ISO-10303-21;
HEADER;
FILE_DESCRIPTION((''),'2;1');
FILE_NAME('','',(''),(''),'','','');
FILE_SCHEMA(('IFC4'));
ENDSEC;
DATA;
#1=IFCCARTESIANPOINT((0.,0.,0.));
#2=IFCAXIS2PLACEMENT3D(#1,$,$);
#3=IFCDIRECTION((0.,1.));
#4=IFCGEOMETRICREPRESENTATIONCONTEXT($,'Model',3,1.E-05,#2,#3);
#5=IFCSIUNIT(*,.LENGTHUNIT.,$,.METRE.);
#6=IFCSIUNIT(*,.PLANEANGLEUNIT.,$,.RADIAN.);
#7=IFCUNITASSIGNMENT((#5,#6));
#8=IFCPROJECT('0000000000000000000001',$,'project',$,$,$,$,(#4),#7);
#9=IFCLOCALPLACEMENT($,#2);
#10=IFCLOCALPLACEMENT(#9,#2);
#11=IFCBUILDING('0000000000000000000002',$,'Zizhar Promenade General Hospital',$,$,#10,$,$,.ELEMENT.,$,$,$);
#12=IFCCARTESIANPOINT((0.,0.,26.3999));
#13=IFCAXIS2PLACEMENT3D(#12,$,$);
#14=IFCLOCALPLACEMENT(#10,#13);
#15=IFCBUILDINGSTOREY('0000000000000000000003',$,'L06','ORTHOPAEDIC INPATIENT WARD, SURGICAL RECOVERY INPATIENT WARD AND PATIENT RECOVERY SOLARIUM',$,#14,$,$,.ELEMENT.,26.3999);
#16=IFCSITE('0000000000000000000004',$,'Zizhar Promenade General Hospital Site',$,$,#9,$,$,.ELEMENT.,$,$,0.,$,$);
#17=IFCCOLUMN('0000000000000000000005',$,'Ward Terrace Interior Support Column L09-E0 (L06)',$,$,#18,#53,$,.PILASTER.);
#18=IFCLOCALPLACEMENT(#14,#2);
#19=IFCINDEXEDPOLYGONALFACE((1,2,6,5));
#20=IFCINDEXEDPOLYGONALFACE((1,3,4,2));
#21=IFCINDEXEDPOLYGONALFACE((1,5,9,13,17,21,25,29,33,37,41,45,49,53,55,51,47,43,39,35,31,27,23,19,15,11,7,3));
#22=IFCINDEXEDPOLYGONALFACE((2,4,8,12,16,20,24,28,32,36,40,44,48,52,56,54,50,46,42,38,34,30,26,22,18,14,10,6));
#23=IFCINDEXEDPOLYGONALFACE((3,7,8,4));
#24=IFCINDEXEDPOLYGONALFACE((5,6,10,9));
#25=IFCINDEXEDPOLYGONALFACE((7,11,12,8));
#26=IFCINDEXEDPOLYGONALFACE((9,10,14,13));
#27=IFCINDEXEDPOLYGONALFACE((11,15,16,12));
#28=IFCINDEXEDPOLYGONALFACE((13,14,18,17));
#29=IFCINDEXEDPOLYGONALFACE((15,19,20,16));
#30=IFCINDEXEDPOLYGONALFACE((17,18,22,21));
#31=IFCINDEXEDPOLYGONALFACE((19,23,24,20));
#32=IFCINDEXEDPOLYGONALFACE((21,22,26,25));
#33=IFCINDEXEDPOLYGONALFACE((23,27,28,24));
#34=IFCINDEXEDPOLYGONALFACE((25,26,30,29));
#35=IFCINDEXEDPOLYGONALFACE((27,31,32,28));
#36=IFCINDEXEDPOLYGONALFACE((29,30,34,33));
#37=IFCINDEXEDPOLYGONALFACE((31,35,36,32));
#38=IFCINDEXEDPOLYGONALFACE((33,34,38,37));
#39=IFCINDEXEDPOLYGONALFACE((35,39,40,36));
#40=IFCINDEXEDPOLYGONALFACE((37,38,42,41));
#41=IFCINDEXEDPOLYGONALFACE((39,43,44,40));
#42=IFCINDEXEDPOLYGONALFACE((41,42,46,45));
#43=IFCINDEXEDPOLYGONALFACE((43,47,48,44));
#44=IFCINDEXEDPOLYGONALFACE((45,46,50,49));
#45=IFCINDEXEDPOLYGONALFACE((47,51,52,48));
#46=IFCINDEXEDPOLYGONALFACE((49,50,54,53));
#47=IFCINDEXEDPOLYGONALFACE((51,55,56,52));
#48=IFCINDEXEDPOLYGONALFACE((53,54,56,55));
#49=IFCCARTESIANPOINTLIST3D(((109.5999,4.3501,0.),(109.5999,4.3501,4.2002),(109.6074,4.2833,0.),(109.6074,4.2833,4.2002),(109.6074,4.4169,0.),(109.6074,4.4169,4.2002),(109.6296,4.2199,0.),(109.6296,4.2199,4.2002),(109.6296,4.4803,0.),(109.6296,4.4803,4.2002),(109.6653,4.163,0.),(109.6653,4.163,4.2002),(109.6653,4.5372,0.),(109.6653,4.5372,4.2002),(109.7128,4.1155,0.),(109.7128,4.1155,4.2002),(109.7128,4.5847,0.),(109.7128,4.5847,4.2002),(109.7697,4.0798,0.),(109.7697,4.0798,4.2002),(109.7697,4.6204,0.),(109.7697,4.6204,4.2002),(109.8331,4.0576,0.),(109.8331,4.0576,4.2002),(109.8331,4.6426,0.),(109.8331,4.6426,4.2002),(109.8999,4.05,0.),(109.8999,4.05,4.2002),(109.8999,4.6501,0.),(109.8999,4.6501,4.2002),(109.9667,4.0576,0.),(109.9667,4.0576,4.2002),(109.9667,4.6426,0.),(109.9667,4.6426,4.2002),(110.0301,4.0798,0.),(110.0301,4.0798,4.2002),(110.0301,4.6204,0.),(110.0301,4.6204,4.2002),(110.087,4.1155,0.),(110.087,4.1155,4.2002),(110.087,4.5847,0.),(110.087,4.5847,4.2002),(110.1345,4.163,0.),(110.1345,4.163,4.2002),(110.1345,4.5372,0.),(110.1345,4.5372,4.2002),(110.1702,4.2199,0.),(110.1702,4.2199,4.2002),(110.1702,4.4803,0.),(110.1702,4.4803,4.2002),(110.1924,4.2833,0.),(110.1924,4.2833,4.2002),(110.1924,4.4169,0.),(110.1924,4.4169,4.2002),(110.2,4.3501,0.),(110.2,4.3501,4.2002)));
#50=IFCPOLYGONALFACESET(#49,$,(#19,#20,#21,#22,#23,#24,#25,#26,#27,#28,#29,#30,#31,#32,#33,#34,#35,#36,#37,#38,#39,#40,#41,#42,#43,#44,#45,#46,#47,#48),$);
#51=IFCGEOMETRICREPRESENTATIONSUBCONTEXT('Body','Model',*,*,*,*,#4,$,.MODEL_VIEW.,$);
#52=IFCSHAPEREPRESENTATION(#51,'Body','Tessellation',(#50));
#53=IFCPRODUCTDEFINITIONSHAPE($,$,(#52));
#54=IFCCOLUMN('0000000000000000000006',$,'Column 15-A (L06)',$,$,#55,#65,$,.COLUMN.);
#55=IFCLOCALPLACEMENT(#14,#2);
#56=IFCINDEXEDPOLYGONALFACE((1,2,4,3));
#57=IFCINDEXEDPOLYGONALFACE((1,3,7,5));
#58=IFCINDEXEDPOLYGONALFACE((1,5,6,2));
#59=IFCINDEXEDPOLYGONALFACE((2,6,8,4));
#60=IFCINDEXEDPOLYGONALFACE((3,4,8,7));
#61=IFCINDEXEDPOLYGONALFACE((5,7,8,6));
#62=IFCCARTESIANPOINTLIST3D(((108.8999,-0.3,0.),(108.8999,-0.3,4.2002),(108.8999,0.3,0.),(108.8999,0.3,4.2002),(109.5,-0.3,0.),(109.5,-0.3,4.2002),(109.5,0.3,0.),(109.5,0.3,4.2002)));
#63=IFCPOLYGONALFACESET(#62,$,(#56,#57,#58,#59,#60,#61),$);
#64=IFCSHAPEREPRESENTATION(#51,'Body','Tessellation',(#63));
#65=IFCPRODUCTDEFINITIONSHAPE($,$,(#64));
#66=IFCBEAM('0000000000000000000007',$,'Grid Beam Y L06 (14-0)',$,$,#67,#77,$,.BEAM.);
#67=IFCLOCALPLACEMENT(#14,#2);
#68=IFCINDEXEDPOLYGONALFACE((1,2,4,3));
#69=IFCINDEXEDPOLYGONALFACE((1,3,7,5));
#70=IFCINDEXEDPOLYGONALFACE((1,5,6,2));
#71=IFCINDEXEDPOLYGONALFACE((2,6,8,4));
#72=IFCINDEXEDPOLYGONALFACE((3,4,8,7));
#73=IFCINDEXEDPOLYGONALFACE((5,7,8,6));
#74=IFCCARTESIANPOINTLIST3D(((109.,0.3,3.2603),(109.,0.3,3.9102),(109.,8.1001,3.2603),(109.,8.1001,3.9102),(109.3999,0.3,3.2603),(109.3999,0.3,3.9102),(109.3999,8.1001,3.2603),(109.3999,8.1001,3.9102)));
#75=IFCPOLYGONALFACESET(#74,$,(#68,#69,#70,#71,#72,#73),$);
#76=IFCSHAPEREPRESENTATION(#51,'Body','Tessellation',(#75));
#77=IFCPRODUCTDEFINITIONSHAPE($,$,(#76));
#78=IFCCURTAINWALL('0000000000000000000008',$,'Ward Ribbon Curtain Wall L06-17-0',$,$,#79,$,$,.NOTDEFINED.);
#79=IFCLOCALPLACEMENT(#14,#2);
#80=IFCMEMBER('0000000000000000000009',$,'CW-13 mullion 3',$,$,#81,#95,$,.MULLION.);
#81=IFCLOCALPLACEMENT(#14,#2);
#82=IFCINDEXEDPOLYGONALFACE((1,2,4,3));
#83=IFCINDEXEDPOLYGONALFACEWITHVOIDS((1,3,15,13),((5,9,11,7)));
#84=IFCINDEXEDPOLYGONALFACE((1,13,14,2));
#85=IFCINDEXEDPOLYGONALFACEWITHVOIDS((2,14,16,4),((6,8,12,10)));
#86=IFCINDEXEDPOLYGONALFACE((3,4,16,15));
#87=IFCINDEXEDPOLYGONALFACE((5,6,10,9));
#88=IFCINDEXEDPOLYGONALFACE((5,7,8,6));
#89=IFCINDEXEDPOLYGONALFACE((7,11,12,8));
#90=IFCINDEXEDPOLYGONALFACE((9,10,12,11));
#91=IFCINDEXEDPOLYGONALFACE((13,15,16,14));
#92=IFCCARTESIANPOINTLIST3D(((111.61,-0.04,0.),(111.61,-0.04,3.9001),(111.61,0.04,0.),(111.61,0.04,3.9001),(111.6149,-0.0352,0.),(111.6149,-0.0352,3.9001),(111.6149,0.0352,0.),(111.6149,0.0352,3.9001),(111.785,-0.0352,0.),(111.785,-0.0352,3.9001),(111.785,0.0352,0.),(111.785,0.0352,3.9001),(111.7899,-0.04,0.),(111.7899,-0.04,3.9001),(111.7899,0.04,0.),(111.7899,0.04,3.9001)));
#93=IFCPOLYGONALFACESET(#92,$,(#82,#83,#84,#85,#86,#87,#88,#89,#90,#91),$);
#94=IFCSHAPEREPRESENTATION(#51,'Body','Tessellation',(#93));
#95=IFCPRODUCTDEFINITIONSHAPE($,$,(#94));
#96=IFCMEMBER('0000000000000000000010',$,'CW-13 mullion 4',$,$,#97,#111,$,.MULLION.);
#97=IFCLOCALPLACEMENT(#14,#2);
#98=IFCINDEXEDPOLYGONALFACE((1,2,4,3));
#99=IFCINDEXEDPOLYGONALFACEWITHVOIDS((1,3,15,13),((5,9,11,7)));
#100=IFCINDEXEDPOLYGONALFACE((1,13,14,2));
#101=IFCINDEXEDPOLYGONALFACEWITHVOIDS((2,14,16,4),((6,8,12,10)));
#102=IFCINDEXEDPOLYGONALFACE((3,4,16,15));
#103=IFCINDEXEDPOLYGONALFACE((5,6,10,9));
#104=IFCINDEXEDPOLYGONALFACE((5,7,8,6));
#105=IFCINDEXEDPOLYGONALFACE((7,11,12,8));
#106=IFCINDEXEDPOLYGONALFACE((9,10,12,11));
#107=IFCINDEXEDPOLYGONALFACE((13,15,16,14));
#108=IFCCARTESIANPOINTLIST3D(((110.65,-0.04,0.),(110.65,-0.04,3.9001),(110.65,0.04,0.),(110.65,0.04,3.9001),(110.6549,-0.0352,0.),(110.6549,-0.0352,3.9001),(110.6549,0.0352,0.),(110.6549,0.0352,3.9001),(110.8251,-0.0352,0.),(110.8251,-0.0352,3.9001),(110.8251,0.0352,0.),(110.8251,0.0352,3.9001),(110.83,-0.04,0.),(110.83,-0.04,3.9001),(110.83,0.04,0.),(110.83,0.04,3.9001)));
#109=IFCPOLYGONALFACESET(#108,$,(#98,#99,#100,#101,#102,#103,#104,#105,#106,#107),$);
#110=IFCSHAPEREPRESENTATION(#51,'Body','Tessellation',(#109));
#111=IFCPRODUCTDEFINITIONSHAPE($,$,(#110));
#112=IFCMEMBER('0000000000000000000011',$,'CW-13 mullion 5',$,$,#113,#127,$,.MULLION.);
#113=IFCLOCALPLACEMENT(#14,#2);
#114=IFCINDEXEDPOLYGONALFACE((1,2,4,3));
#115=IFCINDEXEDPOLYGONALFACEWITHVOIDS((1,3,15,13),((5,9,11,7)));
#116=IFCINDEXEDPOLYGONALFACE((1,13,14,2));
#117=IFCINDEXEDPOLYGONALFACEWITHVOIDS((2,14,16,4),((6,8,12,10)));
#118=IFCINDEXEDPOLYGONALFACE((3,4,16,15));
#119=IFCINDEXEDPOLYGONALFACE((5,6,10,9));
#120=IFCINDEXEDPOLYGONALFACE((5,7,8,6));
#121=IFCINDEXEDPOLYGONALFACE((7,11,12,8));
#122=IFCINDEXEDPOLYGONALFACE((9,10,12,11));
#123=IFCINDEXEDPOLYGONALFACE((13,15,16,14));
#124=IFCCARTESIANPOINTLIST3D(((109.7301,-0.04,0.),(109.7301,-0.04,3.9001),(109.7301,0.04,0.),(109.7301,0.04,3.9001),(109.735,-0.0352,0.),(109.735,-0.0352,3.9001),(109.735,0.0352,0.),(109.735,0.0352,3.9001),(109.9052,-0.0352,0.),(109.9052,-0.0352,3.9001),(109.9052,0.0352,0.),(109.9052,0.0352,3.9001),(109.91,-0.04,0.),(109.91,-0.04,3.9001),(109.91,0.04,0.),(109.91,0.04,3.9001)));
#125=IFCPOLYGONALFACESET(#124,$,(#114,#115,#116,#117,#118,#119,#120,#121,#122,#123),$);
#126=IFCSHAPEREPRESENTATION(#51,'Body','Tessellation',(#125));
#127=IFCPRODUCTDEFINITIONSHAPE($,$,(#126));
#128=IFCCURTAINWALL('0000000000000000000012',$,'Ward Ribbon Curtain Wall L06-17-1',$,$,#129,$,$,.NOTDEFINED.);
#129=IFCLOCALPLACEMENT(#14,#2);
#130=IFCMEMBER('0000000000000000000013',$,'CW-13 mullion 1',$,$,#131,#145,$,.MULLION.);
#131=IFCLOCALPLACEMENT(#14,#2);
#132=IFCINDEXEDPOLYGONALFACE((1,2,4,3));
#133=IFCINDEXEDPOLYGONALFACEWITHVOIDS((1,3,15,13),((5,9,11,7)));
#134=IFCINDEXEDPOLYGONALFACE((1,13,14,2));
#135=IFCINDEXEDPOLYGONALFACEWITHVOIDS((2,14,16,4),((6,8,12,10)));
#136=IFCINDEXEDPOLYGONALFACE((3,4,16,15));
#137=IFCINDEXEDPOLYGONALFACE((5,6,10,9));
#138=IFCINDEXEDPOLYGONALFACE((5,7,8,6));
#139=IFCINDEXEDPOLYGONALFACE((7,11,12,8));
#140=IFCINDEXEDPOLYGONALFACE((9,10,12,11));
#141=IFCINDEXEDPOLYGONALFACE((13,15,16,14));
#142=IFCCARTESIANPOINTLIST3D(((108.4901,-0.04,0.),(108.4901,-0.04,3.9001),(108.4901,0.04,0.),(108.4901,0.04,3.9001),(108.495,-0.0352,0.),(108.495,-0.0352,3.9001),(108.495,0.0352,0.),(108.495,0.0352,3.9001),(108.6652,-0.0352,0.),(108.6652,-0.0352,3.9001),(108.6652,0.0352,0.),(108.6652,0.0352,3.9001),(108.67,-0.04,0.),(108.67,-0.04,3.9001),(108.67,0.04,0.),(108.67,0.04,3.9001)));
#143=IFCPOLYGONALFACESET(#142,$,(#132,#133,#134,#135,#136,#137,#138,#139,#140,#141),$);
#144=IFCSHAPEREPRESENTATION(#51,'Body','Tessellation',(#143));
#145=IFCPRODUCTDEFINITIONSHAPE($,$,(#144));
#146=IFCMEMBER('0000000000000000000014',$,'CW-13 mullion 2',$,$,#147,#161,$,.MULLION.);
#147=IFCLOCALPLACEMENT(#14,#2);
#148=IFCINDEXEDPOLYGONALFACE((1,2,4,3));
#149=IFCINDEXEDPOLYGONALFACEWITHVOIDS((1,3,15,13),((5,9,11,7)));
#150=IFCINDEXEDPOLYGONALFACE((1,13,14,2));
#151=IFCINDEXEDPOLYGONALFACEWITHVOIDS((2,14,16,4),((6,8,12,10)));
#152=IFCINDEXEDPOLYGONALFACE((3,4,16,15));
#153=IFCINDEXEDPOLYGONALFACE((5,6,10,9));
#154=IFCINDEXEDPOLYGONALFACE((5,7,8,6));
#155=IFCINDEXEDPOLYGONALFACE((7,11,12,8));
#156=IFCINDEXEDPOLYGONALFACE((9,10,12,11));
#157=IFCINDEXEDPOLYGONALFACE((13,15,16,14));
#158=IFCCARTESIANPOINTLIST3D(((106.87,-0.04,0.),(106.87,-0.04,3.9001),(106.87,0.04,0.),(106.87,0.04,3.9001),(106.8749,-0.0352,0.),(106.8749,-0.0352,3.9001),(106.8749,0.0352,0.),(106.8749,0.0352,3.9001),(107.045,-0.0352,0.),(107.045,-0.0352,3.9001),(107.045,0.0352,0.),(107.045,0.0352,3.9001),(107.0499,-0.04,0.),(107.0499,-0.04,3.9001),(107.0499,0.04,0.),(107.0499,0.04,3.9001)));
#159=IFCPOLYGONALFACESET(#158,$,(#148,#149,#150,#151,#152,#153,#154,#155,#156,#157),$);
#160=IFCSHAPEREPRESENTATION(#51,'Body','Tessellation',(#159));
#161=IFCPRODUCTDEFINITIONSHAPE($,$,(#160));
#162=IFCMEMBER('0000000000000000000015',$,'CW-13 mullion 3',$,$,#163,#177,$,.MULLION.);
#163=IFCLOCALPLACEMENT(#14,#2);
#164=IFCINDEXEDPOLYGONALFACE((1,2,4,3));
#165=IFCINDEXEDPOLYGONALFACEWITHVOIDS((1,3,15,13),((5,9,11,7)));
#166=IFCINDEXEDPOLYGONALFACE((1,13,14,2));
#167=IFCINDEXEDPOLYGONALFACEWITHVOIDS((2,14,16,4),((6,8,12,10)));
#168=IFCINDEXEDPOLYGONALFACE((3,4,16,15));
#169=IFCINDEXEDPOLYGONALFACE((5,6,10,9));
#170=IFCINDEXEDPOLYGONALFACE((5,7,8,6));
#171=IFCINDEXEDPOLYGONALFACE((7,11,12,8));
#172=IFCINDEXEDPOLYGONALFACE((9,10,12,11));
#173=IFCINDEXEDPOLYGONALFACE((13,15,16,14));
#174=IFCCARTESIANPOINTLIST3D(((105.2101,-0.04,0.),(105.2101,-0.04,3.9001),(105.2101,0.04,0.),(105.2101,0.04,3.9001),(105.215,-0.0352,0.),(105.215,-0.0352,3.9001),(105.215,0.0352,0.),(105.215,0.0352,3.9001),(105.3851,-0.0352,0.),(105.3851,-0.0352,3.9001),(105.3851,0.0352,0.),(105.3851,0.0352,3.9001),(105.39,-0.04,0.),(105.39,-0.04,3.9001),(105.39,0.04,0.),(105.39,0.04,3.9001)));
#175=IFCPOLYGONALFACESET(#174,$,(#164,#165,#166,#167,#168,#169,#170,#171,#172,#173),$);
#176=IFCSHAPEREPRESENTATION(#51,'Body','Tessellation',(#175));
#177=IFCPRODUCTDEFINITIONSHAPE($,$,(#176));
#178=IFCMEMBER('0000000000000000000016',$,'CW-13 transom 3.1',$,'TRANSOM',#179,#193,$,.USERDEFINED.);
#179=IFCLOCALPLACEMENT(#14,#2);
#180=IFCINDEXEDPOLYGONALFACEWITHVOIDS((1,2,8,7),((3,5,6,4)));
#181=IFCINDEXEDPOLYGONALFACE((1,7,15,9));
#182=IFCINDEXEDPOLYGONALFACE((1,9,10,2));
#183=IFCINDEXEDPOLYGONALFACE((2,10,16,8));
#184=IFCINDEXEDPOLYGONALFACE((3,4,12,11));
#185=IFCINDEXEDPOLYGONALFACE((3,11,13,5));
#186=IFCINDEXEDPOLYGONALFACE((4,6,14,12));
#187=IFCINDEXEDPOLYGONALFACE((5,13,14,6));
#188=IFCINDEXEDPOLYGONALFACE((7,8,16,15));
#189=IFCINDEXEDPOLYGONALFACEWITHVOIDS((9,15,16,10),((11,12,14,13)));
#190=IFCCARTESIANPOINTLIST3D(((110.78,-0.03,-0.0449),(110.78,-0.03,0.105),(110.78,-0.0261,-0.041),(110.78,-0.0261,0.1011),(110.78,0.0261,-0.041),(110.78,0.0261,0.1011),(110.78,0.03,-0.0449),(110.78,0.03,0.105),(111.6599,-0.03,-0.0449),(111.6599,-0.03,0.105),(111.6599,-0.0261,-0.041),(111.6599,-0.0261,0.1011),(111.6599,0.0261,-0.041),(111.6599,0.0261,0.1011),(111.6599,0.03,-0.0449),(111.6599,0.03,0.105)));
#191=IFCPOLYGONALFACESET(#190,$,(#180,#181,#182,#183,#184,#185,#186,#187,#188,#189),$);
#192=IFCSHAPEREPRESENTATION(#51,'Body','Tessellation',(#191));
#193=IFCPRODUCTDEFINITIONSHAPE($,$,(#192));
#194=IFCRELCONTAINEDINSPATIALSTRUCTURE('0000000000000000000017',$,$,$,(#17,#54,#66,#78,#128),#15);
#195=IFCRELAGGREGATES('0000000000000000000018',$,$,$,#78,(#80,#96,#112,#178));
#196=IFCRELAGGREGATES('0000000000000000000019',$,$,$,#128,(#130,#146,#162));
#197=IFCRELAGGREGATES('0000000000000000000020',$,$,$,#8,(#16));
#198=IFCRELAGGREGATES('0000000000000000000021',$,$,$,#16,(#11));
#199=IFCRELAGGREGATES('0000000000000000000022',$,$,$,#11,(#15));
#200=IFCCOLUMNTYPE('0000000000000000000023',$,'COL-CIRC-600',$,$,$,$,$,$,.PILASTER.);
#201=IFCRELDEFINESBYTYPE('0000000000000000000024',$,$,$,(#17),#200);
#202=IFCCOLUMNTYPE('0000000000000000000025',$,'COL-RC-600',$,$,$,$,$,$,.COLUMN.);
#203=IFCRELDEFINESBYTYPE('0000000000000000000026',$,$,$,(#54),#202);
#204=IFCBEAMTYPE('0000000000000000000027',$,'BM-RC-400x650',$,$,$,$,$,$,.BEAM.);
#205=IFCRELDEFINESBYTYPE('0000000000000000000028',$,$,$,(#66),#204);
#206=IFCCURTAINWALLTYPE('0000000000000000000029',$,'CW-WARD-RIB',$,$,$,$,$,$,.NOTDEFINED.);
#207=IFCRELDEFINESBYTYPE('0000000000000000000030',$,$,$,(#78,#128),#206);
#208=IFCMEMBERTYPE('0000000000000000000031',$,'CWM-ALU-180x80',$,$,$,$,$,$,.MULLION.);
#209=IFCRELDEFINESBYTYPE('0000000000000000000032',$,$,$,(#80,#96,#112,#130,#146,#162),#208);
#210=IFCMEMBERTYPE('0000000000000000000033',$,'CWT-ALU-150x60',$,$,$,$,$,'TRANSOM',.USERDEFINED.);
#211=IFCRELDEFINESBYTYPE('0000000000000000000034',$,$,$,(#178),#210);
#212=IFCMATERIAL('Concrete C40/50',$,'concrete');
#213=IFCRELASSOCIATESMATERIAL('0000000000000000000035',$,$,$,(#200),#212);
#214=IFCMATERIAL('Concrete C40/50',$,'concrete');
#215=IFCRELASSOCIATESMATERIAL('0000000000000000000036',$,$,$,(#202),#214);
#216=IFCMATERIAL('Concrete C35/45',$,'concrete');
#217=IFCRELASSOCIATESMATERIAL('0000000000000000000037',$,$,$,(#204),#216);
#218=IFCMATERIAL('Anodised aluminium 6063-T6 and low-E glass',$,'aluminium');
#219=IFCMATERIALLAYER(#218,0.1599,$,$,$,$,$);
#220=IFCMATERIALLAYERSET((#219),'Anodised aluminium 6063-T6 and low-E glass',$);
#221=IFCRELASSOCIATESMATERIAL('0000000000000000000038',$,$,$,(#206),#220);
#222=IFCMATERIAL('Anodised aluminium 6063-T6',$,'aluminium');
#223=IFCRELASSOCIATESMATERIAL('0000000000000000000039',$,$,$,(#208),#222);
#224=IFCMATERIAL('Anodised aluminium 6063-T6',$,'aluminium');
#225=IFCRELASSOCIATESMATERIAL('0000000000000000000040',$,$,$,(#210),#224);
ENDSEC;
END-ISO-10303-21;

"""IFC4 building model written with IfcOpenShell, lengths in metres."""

from ifc_helpers import new_model, si_unit, direction, frame, origin, origin_2d, place, context, subcontext, project, spatial, rectangle, hollow_rectangle, circle, extrude, material, layer, layer_set, material_profile, profile_set, type_object, element, aggregate, save


model = new_model("IFC4")

# Units and contexts
model_context = context("Model", 3, precision=1e-05, world=origin(), true_north=direction((0.0, 1.0)))
body_context = subcontext(model_context, "Body", "Model", "MODEL_VIEW")
ifc_project = project(units=[si_unit("LENGTHUNIT", "METRE"), si_unit("PLANEANGLEUNIT", "RADIAN")], contexts=[model_context])

# Site, building, storey
site_placement = place(None, origin())
site = spatial("IfcSite", under=ifc_project, at=site_placement, Name="Zizhar Promenade General Hospital Site", CompositionType="ELEMENT", RefElevation=0.0)
building_placement = place(site_placement, origin())
building = spatial("IfcBuilding", under=site, at=building_placement, Name="Zizhar Promenade General Hospital", CompositionType="ELEMENT")
storey_placement = place(building_placement, frame((0.0, 0.0, 26.3999)))
storey = spatial("IfcBuildingStorey", under=building, at=storey_placement, Name="L06", Description="ORTHOPAEDIC INPATIENT WARD, SURGICAL RECOVERY INPATIENT WARD AND PATIENT RECOVERY SOLARIUM", CompositionType="ELEMENT", Elevation=26.3999)

# Columns
ifc_material_1 = material(Name="Concrete C40/50", Category="concrete")
ifc_material_profile_1 = material_profile(ifc_material_1, circle(Radius=0.3, at=origin_2d()))
ifc_profile_set_1 = profile_set([ifc_material_profile_1], Name="Concrete C40/50")
column_type_1 = type_object("IfcColumnType", Name="COL-CIRC-600", PredefinedType="PILASTER", material=ifc_profile_set_1)
column_1_placement = place(storey_placement, frame((109.8999, 4.3501, 0.0), z_axis=(0.0, 0.0, 1.0), x_axis=(1.0, 0.0, 0.0)))
element("IfcColumn", 1, at=column_1_placement, inside=storey, type_object=column_type_1, Name="Ward Terrace Interior Support Column L09-E0 (L06)", PredefinedType="PILASTER", context=body_context, shape_type="SweptSolid", body=[
    extrude(circle(Radius=0.3, at=origin_2d()), origin(), (0.0, 0.0, 1.0), 4.2002),
])
ifc_material_2 = material(Name="Concrete C40/50", Category="concrete")
ifc_material_profile_2 = material_profile(ifc_material_2, rectangle(XDim=0.6001, YDim=0.6001, at=origin_2d()))
ifc_profile_set_2 = profile_set([ifc_material_profile_2], Name="Concrete C40/50")
column_type_2 = type_object("IfcColumnType", Name="COL-RC-600", PredefinedType="COLUMN", material=ifc_profile_set_2)
column_2_placement = place(storey_placement, frame((109.2, 0.0, 0.0), z_axis=(0.0, 0.0, 1.0), x_axis=(1.0, 0.0, 0.0)))
element("IfcColumn", 2, at=column_2_placement, inside=storey, type_object=column_type_2, Name="Column 15-A (L06)", PredefinedType="COLUMN", context=body_context, shape_type="SweptSolid", body=[
    extrude(rectangle(XDim=0.6001, YDim=0.6001, at=origin_2d()), origin(), (0.0, 0.0, 1.0), 4.2002),
])

# Beam
ifc_material_3 = material(Name="Concrete C35/45", Category="concrete")
ifc_material_profile_3 = material_profile(ifc_material_3, rectangle(XDim=0.3999, YDim=0.6499, at=origin_2d()))
ifc_profile_set_3 = profile_set([ifc_material_profile_3], Name="Concrete C35/45")
beam_type = type_object("IfcBeamType", Name="BM-RC-400x650", PredefinedType="BEAM", material=ifc_profile_set_3)
beam_placement = place(storey_placement, frame((109.2, 0.3, 3.5852), z_axis=(0.0, 1.0, 0.0), x_axis=(-1.0, 0.0, 0.0)))
element("IfcBeam", 3, at=beam_placement, inside=storey, type_object=beam_type, Name="Grid Beam Y L06 (14-0)", PredefinedType="BEAM", context=body_context, shape_type="SweptSolid", body=[
    extrude(rectangle(XDim=0.3999, YDim=0.6499, at=origin_2d()), origin(), (0.0, 0.0, 1.0), 7.8),
])

# Curtain walls, members
ifc_material_4 = material(Name="Anodised aluminium 6063-T6 and low-E glass", Category="aluminium")
ifc_layer_1 = layer(ifc_material_4, 0.1599)
ifc_layer_set_1 = layer_set([ifc_layer_1], Name="Anodised aluminium 6063-T6 and low-E glass")
curtain_wall_type = type_object("IfcCurtainWallType", Name="CW-WARD-RIB", PredefinedType="NOTDEFINED", material=ifc_layer_set_1)
curtain_wall_1_placement = place(storey_placement, origin())
curtain_wall_1 = element("IfcCurtainWall", 4, at=curtain_wall_1_placement, inside=storey, type_object=curtain_wall_type, Name="Ward Ribbon Curtain Wall L06-17-0", PredefinedType="NOTDEFINED")
ifc_material_5 = material(Name="Anodised aluminium 6063-T6", Category="aluminium")
ifc_material_profile_4 = material_profile(ifc_material_5, hollow_rectangle(XDim=0.0801, YDim=0.1799, WallThickness=0.0049, at=origin_2d()))
ifc_profile_set_4 = profile_set([ifc_material_profile_4], Name="Anodised aluminium 6063-T6")
member_type_1 = type_object("IfcMemberType", Name="CWM-ALU-180x80", PredefinedType="MULLION", material=ifc_profile_set_4)
member_1_placement = place(storey_placement, frame((111.7, 0.0, 0.0), z_axis=(0.0, 0.0, 1.0), x_axis=(0.0, -1.0, 0.0)))
member_1 = element("IfcMember", 5, at=member_1_placement, type_object=member_type_1, Name="CW-13 mullion 3", PredefinedType="MULLION", context=body_context, shape_type="SweptSolid", body=[
    extrude(hollow_rectangle(XDim=0.0801, YDim=0.1799, WallThickness=0.0049, at=origin_2d()), origin(), (0.0, 0.0, 1.0), 3.9001),
])
member_2_placement = place(storey_placement, frame((110.74, 0.0, 0.0), z_axis=(0.0, 0.0, 1.0), x_axis=(0.0, -1.0, 0.0)))
member_2 = element("IfcMember", 6, at=member_2_placement, type_object=member_type_1, Name="CW-13 mullion 4", PredefinedType="MULLION", context=body_context, shape_type="SweptSolid", body=[
    extrude(hollow_rectangle(XDim=0.0801, YDim=0.1799, WallThickness=0.0049, at=origin_2d()), origin(), (0.0, 0.0, 1.0), 3.9001),
])
member_3_placement = place(storey_placement, frame((109.8201, 0.0, 0.0), z_axis=(0.0, 0.0, 1.0), x_axis=(0.0, -1.0, 0.0)))
member_3 = element("IfcMember", 7, at=member_3_placement, type_object=member_type_1, Name="CW-13 mullion 5", PredefinedType="MULLION", context=body_context, shape_type="SweptSolid", body=[
    extrude(hollow_rectangle(XDim=0.0801, YDim=0.1799, WallThickness=0.0049, at=origin_2d()), origin(), (0.0, 0.0, 1.0), 3.9001),
])
curtain_wall_2_placement = place(storey_placement, origin())
curtain_wall_2 = element("IfcCurtainWall", 8, at=curtain_wall_2_placement, inside=storey, type_object=curtain_wall_type, Name="Ward Ribbon Curtain Wall L06-17-1", PredefinedType="NOTDEFINED")
member_4_placement = place(storey_placement, frame((108.5801, 0.0, 0.0), z_axis=(0.0, 0.0, 1.0), x_axis=(0.0, -1.0, 0.0)))
member_4 = element("IfcMember", 9, at=member_4_placement, type_object=member_type_1, Name="CW-13 mullion 1", PredefinedType="MULLION", context=body_context, shape_type="SweptSolid", body=[
    extrude(hollow_rectangle(XDim=0.0801, YDim=0.1799, WallThickness=0.0049, at=origin_2d()), origin(), (0.0, 0.0, 1.0), 3.9001),
])
member_5_placement = place(storey_placement, frame((106.96, 0.0, 0.0), z_axis=(0.0, 0.0, 1.0), x_axis=(0.0, -1.0, 0.0)))
member_5 = element("IfcMember", 10, at=member_5_placement, type_object=member_type_1, Name="CW-13 mullion 2", PredefinedType="MULLION", context=body_context, shape_type="SweptSolid", body=[
    extrude(hollow_rectangle(XDim=0.0801, YDim=0.1799, WallThickness=0.0049, at=origin_2d()), origin(), (0.0, 0.0, 1.0), 3.9001),
])
member_6_placement = place(storey_placement, frame((105.3, 0.0, 0.0), z_axis=(0.0, 0.0, 1.0), x_axis=(0.0, -1.0, 0.0)))
member_6 = element("IfcMember", 11, at=member_6_placement, type_object=member_type_1, Name="CW-13 mullion 3", PredefinedType="MULLION", context=body_context, shape_type="SweptSolid", body=[
    extrude(hollow_rectangle(XDim=0.0801, YDim=0.1799, WallThickness=0.0049, at=origin_2d()), origin(), (0.0, 0.0, 1.0), 3.9001),
])

# Member
ifc_material_6 = material(Name="Anodised aluminium 6063-T6", Category="aluminium")
ifc_material_profile_5 = material_profile(ifc_material_6, hollow_rectangle(XDim=0.0601, YDim=0.1499, WallThickness=0.0039, at=origin_2d()))
ifc_profile_set_5 = profile_set([ifc_material_profile_5], Name="Anodised aluminium 6063-T6")
member_type_2 = type_object("IfcMemberType", Name="CWT-ALU-150x60", ElementType="TRANSOM", PredefinedType="USERDEFINED", material=ifc_profile_set_5)
member_7_placement = place(storey_placement, frame((111.6599, 0.0, 0.03), z_axis=(-1.0, 0.0, 0.0), x_axis=(0.0, -1.0, 0.0)))
member_7 = element("IfcMember", 12, at=member_7_placement, type_object=member_type_2, Name="CW-13 transom 3.1", ObjectType="TRANSOM", PredefinedType="USERDEFINED", context=body_context, shape_type="SweptSolid", body=[
    extrude(hollow_rectangle(XDim=0.0601, YDim=0.1499, WallThickness=0.0039, at=origin_2d()), origin(), (0.0, 0.0, 1.0), 0.8799),
])

aggregate(curtain_wall_1, [member_1, member_2, member_3, member_7])
aggregate(curtain_wall_2, [member_4, member_5, member_6])

save(model, "model.ifc")
